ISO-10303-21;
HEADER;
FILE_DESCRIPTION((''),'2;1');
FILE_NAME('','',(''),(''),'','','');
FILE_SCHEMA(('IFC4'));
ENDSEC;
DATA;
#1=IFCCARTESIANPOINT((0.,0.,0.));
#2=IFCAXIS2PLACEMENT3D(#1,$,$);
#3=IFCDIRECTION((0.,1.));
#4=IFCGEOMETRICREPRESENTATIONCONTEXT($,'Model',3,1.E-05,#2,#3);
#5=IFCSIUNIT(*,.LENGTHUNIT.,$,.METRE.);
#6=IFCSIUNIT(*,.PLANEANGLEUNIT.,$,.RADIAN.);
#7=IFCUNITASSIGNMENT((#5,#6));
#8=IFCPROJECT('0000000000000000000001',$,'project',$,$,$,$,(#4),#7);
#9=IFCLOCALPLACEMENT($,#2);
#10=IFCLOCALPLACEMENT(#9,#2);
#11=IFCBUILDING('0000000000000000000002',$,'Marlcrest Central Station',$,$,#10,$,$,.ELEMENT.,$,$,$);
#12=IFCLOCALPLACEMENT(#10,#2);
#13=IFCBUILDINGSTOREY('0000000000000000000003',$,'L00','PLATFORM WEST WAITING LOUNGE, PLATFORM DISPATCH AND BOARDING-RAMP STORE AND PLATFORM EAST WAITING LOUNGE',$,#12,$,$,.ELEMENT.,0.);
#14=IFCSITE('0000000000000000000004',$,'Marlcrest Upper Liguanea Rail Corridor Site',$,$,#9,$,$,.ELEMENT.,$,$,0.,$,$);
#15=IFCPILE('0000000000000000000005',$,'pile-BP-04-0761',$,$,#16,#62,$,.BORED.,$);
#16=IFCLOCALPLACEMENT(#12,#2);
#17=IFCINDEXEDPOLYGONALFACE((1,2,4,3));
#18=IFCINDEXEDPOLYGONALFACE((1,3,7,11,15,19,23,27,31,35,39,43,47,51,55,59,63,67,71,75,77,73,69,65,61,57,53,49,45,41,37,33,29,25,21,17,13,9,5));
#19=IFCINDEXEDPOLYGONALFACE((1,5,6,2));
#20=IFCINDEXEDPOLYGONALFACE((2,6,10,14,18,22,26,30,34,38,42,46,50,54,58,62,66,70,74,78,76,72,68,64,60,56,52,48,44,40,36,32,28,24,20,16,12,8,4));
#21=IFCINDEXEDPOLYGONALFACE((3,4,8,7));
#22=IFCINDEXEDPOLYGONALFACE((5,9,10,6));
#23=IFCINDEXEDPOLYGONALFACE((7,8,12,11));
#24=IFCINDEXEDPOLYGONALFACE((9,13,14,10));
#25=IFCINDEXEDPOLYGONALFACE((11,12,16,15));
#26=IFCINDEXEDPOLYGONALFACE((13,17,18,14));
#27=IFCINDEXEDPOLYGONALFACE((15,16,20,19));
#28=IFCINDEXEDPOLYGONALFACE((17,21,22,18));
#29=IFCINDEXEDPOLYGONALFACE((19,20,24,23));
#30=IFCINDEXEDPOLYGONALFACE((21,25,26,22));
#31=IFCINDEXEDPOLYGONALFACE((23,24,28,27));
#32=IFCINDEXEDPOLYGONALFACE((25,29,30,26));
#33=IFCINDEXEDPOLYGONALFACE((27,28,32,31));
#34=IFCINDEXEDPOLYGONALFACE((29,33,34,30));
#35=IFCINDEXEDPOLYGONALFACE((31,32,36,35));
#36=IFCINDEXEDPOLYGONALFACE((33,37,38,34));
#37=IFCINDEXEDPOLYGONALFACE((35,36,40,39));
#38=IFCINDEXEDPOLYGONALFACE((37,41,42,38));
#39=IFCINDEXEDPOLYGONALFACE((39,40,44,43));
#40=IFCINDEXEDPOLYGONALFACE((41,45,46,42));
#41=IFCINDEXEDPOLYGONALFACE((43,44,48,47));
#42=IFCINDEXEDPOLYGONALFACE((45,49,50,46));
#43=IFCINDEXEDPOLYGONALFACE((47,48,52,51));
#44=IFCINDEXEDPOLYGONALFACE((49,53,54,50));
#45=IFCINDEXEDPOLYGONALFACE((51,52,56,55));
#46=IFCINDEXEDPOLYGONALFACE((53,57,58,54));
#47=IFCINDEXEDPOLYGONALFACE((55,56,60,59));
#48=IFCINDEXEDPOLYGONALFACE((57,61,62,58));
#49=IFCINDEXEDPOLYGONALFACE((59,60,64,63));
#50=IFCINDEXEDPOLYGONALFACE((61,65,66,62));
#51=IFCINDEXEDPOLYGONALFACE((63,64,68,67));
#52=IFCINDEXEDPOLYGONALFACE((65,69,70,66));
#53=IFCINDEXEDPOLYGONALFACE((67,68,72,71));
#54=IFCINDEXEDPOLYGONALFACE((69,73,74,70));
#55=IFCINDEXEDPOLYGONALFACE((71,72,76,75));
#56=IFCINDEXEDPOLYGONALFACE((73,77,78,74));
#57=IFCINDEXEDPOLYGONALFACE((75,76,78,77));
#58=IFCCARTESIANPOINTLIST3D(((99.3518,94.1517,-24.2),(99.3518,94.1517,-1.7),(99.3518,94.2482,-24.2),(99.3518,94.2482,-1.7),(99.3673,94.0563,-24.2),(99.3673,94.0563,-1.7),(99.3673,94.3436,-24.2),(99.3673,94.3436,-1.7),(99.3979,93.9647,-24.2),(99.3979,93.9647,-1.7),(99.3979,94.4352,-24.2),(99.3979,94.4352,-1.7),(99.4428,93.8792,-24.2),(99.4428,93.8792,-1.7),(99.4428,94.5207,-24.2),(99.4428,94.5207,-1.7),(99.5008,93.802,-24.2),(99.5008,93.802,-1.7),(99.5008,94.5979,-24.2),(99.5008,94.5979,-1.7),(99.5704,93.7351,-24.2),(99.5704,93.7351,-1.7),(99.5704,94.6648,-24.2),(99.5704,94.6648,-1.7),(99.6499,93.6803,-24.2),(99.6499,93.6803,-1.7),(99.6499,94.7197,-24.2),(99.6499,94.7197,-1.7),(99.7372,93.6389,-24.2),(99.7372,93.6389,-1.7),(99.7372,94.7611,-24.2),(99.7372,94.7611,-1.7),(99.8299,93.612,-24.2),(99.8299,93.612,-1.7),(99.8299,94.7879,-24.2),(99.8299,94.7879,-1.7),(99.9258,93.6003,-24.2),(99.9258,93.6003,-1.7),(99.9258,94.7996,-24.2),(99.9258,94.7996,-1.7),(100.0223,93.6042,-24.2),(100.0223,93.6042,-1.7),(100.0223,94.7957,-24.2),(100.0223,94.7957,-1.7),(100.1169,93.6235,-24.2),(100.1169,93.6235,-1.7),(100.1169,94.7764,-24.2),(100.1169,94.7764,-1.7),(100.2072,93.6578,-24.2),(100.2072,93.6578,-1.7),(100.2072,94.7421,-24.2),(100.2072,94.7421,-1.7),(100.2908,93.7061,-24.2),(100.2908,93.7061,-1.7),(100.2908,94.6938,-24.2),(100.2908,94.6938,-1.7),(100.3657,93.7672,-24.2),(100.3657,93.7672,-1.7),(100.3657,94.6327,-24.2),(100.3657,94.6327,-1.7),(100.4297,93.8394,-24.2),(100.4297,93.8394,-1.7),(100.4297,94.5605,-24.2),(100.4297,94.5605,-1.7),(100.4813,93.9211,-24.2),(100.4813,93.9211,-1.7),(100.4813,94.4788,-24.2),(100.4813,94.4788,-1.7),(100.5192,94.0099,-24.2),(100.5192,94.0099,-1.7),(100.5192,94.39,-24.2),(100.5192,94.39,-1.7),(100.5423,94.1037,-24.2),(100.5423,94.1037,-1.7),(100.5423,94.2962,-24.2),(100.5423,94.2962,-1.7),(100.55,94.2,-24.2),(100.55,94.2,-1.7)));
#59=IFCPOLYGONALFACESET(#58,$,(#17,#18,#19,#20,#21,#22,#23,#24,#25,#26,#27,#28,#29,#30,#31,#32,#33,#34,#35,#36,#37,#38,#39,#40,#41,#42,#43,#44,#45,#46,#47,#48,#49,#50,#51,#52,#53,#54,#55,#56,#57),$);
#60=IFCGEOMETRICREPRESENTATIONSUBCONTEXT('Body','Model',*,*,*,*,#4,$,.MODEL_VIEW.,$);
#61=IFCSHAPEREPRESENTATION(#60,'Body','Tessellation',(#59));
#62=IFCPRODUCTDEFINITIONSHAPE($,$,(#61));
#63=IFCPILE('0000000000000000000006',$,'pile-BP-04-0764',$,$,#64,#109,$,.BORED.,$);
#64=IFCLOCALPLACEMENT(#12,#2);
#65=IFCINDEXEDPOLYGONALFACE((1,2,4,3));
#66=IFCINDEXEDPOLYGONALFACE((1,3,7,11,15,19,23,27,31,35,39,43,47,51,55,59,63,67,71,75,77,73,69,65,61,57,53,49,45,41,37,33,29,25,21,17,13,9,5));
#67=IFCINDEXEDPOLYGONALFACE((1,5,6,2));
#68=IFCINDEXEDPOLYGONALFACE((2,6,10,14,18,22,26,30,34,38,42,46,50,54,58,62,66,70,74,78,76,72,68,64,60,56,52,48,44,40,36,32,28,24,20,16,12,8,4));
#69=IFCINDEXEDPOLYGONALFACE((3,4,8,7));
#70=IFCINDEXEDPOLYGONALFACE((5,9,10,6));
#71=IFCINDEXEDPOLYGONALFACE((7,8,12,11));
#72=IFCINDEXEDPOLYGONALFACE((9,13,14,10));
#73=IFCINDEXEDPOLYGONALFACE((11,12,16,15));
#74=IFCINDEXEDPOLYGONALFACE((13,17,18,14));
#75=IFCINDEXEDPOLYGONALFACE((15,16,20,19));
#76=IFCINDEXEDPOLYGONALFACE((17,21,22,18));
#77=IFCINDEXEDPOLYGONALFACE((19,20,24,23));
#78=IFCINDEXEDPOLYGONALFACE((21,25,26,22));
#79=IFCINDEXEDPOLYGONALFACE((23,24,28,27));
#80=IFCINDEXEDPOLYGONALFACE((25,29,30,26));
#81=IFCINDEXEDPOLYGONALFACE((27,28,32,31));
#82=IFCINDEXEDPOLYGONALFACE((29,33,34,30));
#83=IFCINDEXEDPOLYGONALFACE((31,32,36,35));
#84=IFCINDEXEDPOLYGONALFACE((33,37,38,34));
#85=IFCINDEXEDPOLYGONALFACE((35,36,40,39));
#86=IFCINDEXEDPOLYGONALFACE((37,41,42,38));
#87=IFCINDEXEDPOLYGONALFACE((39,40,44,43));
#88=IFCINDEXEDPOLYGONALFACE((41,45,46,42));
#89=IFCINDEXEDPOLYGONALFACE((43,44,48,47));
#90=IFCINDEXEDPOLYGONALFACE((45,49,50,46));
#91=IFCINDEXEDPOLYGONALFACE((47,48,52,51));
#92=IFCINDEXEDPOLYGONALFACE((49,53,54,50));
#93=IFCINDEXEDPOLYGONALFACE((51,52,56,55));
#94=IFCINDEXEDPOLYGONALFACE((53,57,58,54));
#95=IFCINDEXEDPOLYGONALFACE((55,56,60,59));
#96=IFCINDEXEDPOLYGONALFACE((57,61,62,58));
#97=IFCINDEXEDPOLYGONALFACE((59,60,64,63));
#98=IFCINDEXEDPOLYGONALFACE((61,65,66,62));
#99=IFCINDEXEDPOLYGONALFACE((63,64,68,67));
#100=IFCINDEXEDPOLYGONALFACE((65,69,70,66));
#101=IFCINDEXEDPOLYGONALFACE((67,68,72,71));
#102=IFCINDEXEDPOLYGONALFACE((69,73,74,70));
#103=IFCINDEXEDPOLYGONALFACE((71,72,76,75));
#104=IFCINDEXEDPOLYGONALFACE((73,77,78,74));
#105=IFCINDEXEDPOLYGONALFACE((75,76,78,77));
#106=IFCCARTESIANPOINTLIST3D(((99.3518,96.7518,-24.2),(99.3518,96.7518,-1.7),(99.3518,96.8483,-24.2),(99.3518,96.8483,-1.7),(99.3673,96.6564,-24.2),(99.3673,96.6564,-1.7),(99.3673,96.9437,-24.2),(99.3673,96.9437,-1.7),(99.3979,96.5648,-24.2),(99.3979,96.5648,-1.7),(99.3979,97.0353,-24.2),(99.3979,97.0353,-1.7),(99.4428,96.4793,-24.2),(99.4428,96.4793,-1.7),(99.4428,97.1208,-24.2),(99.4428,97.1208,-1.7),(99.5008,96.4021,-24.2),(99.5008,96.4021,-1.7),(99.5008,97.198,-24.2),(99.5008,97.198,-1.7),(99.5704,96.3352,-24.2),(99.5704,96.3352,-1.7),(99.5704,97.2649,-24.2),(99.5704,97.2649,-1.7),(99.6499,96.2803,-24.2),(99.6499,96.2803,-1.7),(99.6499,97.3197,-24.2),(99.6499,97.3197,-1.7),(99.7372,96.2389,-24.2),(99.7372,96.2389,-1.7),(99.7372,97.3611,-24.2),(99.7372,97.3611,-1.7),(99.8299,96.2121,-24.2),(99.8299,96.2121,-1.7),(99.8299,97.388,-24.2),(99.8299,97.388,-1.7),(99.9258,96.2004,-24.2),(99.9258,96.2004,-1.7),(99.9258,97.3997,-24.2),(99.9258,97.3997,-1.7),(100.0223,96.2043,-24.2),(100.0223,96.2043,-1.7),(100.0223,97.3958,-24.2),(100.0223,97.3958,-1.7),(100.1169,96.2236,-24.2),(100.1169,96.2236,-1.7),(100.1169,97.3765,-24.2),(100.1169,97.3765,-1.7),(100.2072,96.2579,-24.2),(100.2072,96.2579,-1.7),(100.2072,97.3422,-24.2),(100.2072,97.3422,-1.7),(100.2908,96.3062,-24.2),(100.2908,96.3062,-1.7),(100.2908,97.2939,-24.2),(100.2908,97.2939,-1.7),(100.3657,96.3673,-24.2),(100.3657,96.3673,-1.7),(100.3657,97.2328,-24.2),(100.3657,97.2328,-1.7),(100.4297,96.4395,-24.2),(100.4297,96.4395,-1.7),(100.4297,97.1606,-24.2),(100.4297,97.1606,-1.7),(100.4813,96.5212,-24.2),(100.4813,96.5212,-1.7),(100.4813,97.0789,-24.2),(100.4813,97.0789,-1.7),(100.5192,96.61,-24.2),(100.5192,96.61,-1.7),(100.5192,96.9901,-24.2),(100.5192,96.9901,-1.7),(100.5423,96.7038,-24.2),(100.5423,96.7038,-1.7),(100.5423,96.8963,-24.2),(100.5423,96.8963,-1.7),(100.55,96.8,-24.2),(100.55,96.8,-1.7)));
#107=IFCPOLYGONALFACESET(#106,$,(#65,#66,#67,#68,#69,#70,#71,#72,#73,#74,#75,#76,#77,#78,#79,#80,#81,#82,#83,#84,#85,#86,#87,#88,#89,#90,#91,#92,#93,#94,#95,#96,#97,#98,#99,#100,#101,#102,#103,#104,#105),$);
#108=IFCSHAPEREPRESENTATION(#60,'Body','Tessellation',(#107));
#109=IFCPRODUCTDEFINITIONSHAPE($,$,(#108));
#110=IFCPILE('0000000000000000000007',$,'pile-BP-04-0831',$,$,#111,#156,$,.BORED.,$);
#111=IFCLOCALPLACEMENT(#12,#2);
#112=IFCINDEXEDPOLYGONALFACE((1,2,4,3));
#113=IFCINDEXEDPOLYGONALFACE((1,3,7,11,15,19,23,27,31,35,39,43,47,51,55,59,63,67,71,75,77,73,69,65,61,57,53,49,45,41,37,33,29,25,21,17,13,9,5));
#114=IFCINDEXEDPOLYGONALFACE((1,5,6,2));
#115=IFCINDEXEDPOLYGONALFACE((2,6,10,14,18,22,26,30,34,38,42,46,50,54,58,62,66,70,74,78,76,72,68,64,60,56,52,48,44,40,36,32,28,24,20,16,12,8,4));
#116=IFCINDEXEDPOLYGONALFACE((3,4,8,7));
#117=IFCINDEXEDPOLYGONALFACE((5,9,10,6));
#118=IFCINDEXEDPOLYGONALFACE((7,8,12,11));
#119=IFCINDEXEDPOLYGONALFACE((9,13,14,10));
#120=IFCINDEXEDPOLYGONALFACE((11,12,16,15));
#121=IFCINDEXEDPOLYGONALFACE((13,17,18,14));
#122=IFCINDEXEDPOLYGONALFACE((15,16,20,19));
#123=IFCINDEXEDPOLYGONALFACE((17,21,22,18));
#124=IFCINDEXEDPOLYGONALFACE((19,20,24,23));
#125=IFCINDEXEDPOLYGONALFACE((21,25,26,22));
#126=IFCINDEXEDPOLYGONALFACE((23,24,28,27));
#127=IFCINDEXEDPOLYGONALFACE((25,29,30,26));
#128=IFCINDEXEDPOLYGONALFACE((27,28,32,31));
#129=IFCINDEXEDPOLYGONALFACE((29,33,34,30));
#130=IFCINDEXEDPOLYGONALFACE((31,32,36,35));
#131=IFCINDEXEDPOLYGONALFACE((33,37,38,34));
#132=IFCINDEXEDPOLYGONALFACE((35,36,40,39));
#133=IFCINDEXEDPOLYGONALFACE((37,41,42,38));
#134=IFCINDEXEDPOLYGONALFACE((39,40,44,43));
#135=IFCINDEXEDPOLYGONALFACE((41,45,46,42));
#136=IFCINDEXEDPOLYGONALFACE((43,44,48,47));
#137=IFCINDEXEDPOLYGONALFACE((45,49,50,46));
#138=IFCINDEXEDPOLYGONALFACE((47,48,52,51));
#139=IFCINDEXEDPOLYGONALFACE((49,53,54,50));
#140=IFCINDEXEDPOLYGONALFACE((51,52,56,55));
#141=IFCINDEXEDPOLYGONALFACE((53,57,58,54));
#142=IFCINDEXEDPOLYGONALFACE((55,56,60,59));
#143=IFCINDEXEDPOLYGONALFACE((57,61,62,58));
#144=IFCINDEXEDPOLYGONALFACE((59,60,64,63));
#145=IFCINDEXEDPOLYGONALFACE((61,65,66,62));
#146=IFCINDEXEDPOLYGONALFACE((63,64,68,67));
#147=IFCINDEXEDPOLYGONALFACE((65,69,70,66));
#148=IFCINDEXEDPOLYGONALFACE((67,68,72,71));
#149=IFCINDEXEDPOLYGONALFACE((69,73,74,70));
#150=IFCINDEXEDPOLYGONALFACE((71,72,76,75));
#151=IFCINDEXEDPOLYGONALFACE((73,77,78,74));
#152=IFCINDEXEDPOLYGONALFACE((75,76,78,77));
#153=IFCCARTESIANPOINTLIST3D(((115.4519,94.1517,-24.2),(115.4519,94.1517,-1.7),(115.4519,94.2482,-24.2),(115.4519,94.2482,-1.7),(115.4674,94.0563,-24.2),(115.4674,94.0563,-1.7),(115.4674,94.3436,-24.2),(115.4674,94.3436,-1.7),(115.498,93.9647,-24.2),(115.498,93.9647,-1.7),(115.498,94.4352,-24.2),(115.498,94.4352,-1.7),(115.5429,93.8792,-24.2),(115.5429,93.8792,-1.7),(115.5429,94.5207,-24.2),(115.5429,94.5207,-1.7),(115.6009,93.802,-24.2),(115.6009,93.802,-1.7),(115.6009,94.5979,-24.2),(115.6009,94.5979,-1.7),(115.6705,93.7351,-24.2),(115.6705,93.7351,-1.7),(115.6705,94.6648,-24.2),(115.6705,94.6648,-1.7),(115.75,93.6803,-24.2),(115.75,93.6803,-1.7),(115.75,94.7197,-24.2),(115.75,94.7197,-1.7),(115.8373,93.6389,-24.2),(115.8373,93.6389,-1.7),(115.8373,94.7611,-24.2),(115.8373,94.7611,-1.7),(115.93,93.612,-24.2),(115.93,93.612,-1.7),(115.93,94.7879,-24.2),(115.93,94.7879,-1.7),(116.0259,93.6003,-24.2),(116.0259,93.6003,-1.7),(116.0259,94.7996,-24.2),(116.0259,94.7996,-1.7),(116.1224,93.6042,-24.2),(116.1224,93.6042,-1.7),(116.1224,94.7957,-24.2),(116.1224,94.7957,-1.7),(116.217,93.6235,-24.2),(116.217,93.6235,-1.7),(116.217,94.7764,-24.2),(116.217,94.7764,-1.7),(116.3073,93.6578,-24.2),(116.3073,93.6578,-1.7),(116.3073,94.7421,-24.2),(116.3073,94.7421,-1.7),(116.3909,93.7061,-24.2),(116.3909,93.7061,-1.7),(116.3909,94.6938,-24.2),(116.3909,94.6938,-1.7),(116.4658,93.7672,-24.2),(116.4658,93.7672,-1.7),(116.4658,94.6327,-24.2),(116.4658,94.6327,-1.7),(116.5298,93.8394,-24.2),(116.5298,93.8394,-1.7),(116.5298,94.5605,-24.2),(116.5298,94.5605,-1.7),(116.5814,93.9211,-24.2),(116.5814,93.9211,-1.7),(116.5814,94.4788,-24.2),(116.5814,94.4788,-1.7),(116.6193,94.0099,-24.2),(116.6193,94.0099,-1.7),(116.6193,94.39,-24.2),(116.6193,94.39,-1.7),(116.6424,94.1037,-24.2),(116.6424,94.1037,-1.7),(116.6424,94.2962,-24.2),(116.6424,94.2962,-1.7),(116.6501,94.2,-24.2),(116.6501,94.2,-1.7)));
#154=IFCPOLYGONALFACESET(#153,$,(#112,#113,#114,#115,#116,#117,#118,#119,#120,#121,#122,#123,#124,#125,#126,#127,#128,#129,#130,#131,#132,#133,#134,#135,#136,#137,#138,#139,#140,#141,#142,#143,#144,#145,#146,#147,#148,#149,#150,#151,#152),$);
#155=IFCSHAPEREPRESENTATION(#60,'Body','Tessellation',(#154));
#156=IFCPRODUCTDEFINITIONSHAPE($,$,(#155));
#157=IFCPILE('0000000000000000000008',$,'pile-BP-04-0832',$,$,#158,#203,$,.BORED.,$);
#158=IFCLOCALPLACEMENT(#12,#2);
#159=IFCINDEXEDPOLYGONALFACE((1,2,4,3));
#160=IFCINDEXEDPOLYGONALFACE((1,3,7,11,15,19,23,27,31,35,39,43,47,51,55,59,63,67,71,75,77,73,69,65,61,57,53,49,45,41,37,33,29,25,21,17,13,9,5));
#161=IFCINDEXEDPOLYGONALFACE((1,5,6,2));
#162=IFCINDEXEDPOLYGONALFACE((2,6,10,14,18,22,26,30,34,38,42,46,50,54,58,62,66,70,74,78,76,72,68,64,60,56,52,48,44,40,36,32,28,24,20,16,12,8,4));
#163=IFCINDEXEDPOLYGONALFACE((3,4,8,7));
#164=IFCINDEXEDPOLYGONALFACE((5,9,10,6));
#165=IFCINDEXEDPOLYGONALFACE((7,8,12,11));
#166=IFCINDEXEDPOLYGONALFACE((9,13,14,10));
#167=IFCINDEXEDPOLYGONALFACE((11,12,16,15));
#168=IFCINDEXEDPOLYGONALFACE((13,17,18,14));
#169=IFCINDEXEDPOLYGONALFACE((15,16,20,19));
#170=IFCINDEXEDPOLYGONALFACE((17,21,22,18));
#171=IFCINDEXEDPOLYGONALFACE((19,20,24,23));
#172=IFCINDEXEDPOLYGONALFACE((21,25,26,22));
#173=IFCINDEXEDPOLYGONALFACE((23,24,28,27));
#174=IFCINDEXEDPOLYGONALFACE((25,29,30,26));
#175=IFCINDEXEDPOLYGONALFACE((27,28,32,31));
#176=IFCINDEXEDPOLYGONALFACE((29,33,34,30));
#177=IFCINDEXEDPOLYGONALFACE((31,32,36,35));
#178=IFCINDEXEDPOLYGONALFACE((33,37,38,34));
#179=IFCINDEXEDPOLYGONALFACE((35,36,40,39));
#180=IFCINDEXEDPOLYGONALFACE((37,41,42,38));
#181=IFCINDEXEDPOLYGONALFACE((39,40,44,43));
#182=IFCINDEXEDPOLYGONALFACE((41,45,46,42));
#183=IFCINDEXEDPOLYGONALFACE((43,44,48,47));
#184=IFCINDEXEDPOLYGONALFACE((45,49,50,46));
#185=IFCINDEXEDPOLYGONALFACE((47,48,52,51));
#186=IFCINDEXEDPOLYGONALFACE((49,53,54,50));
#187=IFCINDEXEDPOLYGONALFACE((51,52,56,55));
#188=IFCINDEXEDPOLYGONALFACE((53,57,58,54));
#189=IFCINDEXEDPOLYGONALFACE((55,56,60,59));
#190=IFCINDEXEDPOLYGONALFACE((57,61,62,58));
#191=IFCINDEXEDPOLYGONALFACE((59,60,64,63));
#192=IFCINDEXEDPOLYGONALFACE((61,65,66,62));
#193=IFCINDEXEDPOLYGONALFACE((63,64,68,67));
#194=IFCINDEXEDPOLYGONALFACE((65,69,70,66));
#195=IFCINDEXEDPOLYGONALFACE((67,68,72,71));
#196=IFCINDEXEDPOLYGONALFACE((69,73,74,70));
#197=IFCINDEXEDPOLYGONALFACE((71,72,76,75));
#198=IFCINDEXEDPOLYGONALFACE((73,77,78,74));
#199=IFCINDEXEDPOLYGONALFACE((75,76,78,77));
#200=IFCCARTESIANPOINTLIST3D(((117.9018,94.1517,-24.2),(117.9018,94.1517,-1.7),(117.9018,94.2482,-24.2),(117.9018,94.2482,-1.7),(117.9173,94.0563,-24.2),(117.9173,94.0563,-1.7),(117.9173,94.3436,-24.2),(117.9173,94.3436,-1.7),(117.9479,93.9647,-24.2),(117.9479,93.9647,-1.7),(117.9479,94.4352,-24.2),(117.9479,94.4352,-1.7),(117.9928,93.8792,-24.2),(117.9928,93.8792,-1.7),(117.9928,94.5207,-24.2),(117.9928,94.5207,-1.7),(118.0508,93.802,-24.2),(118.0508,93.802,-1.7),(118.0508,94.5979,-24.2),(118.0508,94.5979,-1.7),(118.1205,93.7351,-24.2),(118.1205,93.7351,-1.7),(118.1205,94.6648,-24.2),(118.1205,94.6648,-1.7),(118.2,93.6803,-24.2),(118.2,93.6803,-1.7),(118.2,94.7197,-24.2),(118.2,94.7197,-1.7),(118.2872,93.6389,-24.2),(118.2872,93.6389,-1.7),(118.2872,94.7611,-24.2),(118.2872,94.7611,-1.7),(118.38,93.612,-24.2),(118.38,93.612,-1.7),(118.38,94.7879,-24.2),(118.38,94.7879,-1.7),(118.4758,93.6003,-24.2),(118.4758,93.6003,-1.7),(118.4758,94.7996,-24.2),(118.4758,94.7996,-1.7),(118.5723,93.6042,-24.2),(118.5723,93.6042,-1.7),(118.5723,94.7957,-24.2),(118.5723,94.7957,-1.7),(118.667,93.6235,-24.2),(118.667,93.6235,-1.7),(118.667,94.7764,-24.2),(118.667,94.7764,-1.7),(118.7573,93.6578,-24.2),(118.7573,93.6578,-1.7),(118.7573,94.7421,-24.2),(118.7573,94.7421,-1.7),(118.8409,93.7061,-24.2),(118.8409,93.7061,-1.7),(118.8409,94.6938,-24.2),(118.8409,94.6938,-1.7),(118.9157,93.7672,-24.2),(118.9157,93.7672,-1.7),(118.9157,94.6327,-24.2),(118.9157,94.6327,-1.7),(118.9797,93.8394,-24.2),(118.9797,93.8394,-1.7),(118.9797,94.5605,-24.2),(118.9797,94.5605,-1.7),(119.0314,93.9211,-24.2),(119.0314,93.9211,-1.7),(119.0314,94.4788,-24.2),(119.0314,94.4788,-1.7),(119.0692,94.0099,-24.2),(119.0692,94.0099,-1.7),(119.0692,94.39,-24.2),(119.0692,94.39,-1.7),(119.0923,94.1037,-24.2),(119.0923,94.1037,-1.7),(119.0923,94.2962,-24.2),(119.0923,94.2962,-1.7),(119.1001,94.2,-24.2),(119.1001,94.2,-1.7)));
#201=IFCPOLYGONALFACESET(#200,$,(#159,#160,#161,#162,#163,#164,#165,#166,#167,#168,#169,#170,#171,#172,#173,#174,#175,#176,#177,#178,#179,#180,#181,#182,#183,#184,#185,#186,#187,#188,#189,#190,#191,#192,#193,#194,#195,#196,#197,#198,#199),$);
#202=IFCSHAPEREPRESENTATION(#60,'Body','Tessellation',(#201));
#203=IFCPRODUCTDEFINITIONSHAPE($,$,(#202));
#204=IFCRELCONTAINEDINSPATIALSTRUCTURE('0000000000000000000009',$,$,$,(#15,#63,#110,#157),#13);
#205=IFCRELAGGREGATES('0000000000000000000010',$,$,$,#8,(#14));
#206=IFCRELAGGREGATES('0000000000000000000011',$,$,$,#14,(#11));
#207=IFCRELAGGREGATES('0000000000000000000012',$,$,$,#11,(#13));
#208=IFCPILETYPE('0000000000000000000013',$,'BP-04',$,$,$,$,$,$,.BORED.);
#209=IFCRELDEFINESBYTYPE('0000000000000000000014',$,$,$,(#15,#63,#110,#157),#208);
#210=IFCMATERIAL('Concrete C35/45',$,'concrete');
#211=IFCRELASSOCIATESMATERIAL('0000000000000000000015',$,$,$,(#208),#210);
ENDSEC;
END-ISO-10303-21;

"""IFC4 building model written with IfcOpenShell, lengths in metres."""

from ifc_helpers import new_model, si_unit, direction, frame, origin, origin_2d, place, context, subcontext, project, spatial, circle, extrude, material, material_profile, profile_set, type_object, element, save


model = new_model("IFC4")

# Units and contexts
model_context = context("Model", 3, precision=1e-05, world=origin(), true_north=direction((0.0, 1.0)))
body_context = subcontext(model_context, "Body", "Model", "MODEL_VIEW")
ifc_project = project(units=[si_unit("LENGTHUNIT", "METRE"), si_unit("PLANEANGLEUNIT", "RADIAN")], contexts=[model_context])

# Site, building, storey
site_placement = place(None, origin())
site = spatial("IfcSite", under=ifc_project, at=site_placement, Name="Marlcrest Upper Liguanea Rail Corridor Site", CompositionType="ELEMENT", RefElevation=0.0)
building_placement = place(site_placement, origin())
building = spatial("IfcBuilding", under=site, at=building_placement, Name="Marlcrest Central Station", CompositionType="ELEMENT")
storey_placement = place(building_placement, origin())
storey = spatial("IfcBuildingStorey", under=building, at=storey_placement, Name="L00", Description="PLATFORM WEST WAITING LOUNGE, PLATFORM DISPATCH AND BOARDING-RAMP STORE AND PLATFORM EAST WAITING LOUNGE", CompositionType="ELEMENT", Elevation=0.0)

# Piles
ifc_material_1 = material(Name="Concrete C35/45", Category="concrete")
ifc_material_profile_1 = material_profile(ifc_material_1, circle(Radius=0.6001, at=origin_2d()), Name="PILE D1200")
ifc_profile_set_1 = profile_set([ifc_material_profile_1], Name="Concrete C35/45")
pile_type_1 = type_object("IfcPileType", Name="BP-04", PredefinedType="BORED", material=ifc_profile_set_1)
for number, where, z_axis, x_axis, name in (
    (1, (99.95, 94.2, -1.7), (0.0, 0.0, -1.0), (1.0, 0.0, 0.0), "pile-BP-04-0761"),
    (2, (99.95, 96.8, -1.7), (0.0, 0.0, -1.0), (1.0, 0.0, 0.0), "pile-BP-04-0764"),
    (3, (116.05, 94.2, -1.7), (0.0, 0.0, -1.0), (1.0, 0.0, 0.0), "pile-BP-04-0831"),
    (4, (118.5, 94.2, -1.7), (0.0, 0.0, -1.0), (1.0, 0.0, 0.0), "pile-BP-04-0832"),
):
    element("IfcPile", number, at=place(storey_placement, frame(where, z_axis=z_axis, x_axis=x_axis)), inside=storey, type_object=pile_type_1, Name=name, PredefinedType="BORED", context=body_context, shape_type="SweptSolid", body=[
        extrude(circle(Radius=0.6001, at=origin_2d()), origin(), (0.0, 0.0, 1.0), 22.5),
    ])

save(model, "model.ifc")
